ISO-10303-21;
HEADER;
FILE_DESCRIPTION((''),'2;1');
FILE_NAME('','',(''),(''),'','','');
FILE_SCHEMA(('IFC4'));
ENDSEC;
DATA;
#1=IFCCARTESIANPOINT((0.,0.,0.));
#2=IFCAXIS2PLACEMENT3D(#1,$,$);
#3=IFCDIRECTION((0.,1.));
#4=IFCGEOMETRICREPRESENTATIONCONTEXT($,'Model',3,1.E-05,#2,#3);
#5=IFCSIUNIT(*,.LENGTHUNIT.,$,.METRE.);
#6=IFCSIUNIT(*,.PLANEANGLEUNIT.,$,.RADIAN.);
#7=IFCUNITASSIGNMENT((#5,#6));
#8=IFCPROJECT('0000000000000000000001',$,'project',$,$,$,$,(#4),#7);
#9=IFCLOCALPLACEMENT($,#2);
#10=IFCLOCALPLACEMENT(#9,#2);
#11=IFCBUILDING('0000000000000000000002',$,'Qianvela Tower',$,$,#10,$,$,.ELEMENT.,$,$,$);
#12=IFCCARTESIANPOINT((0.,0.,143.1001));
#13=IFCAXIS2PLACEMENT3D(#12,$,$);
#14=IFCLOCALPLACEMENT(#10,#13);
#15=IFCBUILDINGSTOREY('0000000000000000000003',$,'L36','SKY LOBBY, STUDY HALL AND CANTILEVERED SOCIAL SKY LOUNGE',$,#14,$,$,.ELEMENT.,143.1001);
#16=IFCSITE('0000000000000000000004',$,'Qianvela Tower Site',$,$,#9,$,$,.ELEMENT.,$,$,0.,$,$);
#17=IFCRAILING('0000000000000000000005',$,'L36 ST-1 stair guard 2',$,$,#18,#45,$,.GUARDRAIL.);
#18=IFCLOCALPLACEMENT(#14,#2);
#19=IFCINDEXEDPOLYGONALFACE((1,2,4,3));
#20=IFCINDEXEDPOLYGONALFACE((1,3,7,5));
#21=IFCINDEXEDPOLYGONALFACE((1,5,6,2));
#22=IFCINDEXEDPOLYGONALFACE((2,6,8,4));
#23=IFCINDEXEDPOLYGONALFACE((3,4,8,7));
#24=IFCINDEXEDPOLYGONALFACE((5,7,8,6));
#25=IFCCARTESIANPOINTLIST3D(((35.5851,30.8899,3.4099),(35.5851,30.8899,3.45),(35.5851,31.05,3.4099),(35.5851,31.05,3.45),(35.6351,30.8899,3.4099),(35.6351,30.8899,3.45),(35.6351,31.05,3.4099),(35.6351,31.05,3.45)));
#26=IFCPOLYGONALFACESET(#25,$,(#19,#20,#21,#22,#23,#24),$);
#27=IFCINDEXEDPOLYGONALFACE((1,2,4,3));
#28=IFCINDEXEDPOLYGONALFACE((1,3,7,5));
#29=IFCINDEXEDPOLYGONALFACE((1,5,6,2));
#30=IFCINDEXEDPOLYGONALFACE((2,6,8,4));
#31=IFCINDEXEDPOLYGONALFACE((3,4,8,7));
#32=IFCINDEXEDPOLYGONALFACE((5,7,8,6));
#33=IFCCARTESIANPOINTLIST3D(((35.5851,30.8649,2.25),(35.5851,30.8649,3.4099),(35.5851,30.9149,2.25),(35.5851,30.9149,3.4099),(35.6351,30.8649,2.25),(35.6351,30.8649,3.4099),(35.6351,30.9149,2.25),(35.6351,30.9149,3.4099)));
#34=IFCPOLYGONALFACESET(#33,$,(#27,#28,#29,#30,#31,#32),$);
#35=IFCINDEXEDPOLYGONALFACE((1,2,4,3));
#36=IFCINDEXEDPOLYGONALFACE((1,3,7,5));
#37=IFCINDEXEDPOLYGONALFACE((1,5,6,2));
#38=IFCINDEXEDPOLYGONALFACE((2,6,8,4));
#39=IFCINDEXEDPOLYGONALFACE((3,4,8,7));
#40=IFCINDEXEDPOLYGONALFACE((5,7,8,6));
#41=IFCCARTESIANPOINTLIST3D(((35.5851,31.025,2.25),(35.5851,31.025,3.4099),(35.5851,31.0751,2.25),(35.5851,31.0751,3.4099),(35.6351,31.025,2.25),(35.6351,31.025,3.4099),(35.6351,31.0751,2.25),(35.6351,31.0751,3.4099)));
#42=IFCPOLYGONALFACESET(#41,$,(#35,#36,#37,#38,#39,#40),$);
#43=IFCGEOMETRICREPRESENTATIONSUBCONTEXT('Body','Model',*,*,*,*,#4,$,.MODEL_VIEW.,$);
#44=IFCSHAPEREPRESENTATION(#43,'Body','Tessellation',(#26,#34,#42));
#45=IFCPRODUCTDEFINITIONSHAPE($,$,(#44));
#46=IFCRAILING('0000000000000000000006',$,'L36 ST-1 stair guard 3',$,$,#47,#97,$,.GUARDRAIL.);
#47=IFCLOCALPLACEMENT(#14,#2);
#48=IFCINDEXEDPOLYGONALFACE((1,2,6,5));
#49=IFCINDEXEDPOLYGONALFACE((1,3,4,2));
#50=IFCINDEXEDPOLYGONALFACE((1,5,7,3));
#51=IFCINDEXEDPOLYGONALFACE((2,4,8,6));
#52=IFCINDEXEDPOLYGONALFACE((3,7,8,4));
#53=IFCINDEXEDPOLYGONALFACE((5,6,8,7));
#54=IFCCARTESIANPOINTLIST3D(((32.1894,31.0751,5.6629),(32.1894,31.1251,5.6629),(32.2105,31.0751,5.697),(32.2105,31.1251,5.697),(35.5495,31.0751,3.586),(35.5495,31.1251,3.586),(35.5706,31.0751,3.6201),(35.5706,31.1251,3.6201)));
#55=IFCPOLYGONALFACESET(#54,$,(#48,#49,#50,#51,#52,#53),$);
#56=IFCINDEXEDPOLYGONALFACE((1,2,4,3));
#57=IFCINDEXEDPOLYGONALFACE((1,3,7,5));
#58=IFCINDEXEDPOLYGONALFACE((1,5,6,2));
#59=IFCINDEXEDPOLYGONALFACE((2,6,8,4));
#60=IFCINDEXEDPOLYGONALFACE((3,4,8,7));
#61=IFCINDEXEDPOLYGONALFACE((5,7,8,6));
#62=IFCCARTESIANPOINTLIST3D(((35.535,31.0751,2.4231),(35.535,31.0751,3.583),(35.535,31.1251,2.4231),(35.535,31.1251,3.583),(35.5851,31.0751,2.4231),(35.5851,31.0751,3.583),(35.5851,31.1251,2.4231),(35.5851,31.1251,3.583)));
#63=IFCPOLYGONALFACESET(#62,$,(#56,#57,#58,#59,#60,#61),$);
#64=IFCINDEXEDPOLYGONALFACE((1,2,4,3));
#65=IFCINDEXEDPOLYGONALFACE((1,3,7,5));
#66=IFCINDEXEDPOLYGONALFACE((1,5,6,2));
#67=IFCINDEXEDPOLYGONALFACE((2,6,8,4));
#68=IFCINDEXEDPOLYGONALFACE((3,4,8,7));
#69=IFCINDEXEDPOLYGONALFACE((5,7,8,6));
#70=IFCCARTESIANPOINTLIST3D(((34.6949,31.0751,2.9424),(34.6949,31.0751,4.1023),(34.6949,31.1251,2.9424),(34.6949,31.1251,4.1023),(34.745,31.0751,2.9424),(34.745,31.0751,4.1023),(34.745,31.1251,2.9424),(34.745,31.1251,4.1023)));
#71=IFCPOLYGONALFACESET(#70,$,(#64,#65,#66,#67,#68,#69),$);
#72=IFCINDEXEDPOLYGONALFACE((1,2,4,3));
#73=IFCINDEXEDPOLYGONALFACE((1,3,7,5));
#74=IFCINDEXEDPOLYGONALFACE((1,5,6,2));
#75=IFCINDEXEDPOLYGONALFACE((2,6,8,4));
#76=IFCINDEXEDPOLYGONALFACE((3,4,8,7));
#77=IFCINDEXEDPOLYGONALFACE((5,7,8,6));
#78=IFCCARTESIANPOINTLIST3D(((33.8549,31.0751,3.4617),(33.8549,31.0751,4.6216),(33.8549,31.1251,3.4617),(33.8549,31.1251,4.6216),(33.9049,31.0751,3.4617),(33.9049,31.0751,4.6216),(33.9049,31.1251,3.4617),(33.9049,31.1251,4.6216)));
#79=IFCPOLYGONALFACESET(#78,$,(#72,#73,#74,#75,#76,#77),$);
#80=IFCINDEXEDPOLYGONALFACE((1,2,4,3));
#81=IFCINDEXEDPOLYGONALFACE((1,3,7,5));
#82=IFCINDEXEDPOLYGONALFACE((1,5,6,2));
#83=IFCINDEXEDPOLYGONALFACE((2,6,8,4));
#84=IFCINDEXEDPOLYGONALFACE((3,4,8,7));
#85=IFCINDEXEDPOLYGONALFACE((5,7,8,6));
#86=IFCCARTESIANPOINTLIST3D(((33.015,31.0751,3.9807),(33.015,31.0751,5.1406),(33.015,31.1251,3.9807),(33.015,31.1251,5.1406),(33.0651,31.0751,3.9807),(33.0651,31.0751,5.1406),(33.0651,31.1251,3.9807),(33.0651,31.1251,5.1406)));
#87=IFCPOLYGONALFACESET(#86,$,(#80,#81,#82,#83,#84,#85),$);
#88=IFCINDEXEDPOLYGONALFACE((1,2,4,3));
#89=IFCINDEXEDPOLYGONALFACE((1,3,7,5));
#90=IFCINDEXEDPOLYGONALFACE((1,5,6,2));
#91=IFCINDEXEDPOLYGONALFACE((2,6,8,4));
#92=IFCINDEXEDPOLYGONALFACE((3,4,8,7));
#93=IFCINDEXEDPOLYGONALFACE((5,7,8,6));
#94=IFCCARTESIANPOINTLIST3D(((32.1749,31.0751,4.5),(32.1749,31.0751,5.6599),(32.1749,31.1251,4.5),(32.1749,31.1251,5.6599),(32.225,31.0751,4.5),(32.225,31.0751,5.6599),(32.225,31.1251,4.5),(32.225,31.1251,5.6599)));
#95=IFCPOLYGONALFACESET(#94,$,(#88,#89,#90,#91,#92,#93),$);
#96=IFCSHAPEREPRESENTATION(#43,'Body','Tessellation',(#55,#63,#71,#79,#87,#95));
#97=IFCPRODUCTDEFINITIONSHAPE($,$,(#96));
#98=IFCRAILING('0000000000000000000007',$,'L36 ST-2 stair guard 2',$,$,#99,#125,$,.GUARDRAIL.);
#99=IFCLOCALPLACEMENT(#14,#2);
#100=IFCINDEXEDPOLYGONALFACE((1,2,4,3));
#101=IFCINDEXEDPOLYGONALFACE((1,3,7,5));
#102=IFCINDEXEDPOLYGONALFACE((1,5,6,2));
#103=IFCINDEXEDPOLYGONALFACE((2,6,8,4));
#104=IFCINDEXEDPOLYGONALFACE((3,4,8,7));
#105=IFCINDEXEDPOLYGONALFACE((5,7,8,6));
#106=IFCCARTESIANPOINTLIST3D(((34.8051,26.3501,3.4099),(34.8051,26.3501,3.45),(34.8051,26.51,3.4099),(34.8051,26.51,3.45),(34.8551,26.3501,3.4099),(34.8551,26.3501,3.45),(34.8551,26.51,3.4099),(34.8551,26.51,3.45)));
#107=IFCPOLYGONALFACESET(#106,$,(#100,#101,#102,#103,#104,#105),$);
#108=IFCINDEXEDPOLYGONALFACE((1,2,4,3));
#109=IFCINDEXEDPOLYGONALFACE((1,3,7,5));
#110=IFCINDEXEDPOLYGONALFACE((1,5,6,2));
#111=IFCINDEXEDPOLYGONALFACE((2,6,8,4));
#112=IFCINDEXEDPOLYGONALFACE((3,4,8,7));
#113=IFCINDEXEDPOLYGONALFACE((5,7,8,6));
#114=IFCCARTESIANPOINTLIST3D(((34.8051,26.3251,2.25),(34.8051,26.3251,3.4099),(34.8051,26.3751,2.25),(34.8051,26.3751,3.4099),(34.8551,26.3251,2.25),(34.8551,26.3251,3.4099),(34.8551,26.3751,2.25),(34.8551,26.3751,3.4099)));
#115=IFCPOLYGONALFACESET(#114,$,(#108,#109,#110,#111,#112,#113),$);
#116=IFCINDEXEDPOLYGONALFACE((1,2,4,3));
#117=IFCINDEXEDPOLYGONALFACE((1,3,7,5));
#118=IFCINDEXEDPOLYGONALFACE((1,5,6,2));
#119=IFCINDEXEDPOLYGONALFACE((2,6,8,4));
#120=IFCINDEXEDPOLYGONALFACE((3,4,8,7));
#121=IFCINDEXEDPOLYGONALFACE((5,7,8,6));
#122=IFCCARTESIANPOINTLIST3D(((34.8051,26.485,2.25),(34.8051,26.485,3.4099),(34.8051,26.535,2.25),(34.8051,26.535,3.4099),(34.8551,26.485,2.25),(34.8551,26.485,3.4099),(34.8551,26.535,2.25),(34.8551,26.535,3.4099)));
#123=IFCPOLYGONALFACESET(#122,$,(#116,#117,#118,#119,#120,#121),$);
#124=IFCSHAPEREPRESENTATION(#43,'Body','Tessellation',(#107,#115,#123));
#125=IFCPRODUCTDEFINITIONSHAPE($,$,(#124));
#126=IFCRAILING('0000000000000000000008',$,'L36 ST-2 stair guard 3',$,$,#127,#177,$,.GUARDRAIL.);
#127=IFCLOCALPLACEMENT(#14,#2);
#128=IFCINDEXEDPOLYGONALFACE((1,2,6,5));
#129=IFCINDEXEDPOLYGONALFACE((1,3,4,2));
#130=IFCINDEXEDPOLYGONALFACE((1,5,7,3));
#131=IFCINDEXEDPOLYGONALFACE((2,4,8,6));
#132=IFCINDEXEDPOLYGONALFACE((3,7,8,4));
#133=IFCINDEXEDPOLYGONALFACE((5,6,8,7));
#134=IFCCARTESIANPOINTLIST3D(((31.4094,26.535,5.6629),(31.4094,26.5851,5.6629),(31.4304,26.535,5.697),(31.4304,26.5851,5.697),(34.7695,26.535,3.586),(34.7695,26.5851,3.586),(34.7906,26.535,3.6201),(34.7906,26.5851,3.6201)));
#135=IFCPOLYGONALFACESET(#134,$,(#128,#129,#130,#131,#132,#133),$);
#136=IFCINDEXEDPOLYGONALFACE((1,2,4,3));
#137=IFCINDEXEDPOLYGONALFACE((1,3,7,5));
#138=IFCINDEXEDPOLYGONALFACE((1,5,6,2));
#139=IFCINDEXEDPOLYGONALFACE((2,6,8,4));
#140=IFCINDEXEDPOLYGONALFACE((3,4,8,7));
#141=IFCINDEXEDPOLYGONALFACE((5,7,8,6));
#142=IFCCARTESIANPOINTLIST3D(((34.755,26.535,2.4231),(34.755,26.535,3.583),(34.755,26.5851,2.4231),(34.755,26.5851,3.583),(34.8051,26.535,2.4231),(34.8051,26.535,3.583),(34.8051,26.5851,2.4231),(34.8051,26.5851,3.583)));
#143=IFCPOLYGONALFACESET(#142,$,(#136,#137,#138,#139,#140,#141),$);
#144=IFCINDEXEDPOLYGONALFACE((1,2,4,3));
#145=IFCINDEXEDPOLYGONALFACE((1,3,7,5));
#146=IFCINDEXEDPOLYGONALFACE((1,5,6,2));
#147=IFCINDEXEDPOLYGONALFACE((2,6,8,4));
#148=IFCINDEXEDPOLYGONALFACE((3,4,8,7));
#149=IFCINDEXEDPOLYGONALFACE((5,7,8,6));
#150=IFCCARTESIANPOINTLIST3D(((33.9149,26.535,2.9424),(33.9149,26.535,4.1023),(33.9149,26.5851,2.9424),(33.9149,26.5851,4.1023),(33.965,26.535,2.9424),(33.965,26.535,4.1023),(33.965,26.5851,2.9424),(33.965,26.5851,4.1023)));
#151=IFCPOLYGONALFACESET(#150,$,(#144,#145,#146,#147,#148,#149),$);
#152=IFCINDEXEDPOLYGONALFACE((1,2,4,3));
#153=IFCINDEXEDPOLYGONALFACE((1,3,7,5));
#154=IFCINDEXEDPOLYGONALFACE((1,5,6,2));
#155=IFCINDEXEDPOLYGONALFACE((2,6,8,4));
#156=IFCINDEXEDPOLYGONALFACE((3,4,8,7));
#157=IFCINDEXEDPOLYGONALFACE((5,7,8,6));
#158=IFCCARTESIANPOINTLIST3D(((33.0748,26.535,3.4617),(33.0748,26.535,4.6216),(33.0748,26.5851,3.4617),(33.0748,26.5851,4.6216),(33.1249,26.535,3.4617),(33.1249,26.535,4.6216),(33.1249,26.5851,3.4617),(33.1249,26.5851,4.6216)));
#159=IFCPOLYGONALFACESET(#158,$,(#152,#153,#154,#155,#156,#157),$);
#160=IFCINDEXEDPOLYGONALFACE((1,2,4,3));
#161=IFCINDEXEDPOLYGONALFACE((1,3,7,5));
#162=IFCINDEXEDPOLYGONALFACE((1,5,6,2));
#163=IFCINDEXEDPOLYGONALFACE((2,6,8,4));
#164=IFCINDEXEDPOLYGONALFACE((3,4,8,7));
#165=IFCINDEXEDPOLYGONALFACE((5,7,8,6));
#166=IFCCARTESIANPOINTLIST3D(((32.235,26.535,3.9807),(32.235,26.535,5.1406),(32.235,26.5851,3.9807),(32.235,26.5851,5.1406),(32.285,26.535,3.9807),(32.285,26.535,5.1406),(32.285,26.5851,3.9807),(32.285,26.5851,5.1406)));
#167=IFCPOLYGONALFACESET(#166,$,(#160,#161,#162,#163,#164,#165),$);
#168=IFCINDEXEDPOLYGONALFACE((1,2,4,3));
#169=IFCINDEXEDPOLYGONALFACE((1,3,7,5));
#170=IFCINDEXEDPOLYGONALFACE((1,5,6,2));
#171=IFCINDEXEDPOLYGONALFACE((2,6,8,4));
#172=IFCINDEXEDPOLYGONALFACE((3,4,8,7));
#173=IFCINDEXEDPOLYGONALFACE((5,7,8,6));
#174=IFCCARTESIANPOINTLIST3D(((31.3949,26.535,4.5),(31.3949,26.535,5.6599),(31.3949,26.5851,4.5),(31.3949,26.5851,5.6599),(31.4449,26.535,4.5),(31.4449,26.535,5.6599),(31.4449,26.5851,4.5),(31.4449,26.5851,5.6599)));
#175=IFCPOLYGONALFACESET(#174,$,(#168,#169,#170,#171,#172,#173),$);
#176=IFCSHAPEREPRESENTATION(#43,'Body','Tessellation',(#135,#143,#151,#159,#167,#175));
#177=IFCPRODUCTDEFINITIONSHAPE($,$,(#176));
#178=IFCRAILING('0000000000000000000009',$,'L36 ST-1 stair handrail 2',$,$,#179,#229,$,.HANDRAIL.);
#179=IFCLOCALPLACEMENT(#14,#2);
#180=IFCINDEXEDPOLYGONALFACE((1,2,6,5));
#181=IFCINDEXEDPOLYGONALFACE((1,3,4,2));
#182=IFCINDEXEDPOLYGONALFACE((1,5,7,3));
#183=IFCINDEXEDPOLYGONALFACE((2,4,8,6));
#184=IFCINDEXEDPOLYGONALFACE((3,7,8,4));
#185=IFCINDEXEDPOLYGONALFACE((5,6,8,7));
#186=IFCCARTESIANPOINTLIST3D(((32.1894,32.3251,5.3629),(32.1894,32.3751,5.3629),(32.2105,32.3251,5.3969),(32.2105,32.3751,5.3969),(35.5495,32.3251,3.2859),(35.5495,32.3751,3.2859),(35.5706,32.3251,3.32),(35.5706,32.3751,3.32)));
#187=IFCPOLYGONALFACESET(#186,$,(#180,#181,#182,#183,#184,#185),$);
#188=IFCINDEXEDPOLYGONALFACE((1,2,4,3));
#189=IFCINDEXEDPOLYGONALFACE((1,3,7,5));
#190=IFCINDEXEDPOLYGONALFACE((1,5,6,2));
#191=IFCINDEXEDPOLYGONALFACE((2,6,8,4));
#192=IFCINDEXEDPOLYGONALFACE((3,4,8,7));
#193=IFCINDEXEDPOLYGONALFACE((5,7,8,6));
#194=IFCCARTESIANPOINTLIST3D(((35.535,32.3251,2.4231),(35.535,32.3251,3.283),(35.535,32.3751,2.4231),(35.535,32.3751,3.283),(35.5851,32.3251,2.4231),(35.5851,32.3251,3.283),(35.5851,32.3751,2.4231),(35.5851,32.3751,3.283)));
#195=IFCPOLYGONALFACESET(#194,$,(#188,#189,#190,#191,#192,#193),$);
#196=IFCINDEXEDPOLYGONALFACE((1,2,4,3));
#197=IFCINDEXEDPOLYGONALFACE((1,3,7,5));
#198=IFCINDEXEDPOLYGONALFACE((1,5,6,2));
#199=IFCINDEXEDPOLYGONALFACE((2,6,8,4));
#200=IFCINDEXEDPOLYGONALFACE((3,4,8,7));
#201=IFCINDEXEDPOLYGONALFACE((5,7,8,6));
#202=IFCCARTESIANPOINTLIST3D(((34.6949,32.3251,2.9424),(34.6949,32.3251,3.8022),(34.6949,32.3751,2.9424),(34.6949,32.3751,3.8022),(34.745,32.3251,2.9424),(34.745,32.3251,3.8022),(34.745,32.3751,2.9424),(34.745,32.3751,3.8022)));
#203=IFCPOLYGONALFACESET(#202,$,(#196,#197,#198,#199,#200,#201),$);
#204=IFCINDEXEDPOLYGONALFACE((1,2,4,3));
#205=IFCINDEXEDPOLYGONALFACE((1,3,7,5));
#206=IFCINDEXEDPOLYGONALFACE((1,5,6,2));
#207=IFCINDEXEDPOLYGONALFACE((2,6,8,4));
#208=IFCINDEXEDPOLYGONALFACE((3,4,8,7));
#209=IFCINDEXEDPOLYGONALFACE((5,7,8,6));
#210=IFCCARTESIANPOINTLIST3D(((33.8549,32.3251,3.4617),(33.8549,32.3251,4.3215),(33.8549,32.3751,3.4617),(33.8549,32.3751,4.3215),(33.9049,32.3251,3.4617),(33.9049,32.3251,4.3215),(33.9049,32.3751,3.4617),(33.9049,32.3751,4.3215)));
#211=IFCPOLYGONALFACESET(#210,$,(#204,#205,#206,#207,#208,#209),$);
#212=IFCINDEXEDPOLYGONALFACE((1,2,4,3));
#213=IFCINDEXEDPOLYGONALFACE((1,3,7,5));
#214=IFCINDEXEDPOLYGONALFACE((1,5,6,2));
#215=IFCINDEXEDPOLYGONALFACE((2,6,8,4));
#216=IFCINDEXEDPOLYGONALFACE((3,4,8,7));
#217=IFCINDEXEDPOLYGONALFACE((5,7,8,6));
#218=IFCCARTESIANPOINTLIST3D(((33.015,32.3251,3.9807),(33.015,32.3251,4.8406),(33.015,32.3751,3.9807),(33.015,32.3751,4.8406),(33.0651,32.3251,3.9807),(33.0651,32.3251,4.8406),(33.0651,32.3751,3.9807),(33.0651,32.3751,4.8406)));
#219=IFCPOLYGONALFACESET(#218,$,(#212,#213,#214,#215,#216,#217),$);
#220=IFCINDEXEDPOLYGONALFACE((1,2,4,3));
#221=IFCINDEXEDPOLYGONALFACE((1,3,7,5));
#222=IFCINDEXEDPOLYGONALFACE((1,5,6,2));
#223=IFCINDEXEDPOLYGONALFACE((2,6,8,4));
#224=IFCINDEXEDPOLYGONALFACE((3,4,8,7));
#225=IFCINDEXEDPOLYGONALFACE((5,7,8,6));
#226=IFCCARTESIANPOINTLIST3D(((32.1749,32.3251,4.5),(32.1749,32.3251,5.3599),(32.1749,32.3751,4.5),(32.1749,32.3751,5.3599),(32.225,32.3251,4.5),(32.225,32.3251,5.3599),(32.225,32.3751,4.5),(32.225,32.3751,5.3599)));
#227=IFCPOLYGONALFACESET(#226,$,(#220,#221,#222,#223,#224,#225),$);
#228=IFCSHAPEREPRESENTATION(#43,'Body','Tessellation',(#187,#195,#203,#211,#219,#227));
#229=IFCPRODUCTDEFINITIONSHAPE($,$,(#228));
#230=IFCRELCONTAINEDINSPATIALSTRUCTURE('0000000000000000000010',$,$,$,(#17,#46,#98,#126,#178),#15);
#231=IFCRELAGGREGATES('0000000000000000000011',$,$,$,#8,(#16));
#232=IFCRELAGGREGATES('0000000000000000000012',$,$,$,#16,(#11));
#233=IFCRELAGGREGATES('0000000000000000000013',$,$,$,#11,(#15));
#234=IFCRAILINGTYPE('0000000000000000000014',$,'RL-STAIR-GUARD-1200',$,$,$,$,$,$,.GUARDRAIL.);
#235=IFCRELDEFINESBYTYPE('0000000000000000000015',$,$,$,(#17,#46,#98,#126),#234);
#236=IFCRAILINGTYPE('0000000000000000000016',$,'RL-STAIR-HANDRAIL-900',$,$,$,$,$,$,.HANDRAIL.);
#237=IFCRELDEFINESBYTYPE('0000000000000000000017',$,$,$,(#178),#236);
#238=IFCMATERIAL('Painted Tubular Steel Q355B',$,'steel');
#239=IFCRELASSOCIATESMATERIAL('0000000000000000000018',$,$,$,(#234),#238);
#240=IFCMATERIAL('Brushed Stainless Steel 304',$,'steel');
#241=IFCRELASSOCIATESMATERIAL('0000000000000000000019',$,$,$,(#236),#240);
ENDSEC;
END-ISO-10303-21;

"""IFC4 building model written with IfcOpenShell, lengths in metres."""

from ifc_helpers import new_model, si_unit, direction, frame, origin, origin_2d, place, context, subcontext, project, spatial, rectangle, extrude, material, type_object, element, save


model = new_model("IFC4")

# Units and contexts
model_context = context("Model", 3, precision=1e-05, world=origin(), true_north=direction((0.0, 1.0)))
body_context = subcontext(model_context, "Body", "Model", "MODEL_VIEW")
ifc_project = project(units=[si_unit("LENGTHUNIT", "METRE"), si_unit("PLANEANGLEUNIT", "RADIAN")], contexts=[model_context])

# Site, building, storey
site_placement = place(None, origin())
site = spatial("IfcSite", under=ifc_project, at=site_placement, Name="Qianvela Tower Site", CompositionType="ELEMENT", RefElevation=0.0)
building_placement = place(site_placement, origin())
building = spatial("IfcBuilding", under=site, at=building_placement, Name="Qianvela Tower", CompositionType="ELEMENT")
storey_placement = place(building_placement, frame((0.0, 0.0, 143.1001)))
storey = spatial("IfcBuildingStorey", under=building, at=storey_placement, Name="L36", Description="SKY LOBBY, STUDY HALL AND CANTILEVERED SOCIAL SKY LOUNGE", CompositionType="ELEMENT", Elevation=143.1001)

# Railings
ifc_material_1 = material(Name="Painted Tubular Steel Q355B", Category="steel")
railing_type_1 = type_object("IfcRailingType", Name="RL-STAIR-GUARD-1200", PredefinedType="GUARDRAIL", material=ifc_material_1)
railing_1_placement = place(storey_placement, frame((35.6101, 30.8899, 2.25)))
element("IfcRailing", 1, at=railing_1_placement, inside=storey, type_object=railing_type_1, Name="L36 ST-1 stair guard 2", PredefinedType="GUARDRAIL", context=body_context, shape_type="SweptSolid", body=[
    extrude(rectangle(XDim=0.05, YDim=0.04, at=origin_2d()), frame((0.0, 0.0, 1.1799), z_axis=(0.0, 1.0, 0.0), x_axis=(-1.0, 0.0, 0.0)), (0.0, 0.0, 1.0), 0.1602),
    extrude(rectangle(XDim=0.05, YDim=0.05, at=origin_2d()), origin(), (0.0, 0.0, 1.0), 1.1599),
    extrude(rectangle(XDim=0.05, YDim=0.05, at=origin_2d()), frame((0.0, 0.1602, 0.0)), (0.0, 0.0, 1.0), 1.1599),
])
railing_2_placement = place(storey_placement, frame((35.5601, 31.1001, 2.4231)))
element("IfcRailing", 2, at=railing_2_placement, inside=storey, type_object=railing_type_1, Name="L36 ST-1 stair guard 3", PredefinedType="GUARDRAIL", context=body_context, shape_type="SweptSolid", body=[
    extrude(rectangle(XDim=0.05, YDim=0.04, at=origin_2d()), frame((0.0, 0.0, 1.1799), z_axis=(-0.850623, 0.0, 0.525776), x_axis=(0.0, -1.0, 0.0)), (0.0, 0.0, 1.0), 3.9502),
    extrude(rectangle(XDim=0.05, YDim=0.05, at=origin_2d()), origin(), (0.0, 0.0, 1.0), 1.1599),
    extrude(rectangle(XDim=0.05, YDim=0.05, at=origin_2d()), frame((-0.8401, 0.0, 0.5193)), (0.0, 0.0, 1.0), 1.1599),
    extrude(rectangle(XDim=0.05, YDim=0.05, at=origin_2d()), frame((-1.6802, 0.0, 1.0386)), (0.0, 0.0, 1.0), 1.1599),
    extrude(rectangle(XDim=0.05, YDim=0.05, at=origin_2d()), frame((-2.52, 0.0, 1.5576)), (0.0, 0.0, 1.0), 1.1599),
    extrude(rectangle(XDim=0.05, YDim=0.05, at=origin_2d()), frame((-3.3601, 0.0, 2.0769)), (0.0, 0.0, 1.0), 1.1599),
])
railing_3_placement = place(storey_placement, frame((34.8301, 26.3501, 2.25)))
element("IfcRailing", 3, at=railing_3_placement, inside=storey, type_object=railing_type_1, Name="L36 ST-2 stair guard 2", PredefinedType="GUARDRAIL", context=body_context, shape_type="SweptSolid", body=[
    extrude(rectangle(XDim=0.05, YDim=0.04, at=origin_2d()), frame((0.0, 0.0, 1.1799), z_axis=(0.0, 1.0, 0.0), x_axis=(-1.0, 0.0, 0.0)), (0.0, 0.0, 1.0), 0.1599),
    extrude(rectangle(XDim=0.05, YDim=0.05, at=origin_2d()), origin(), (0.0, 0.0, 1.0), 1.1599),
    extrude(rectangle(XDim=0.05, YDim=0.05, at=origin_2d()), frame((0.0, 0.1599, 0.0)), (0.0, 0.0, 1.0), 1.1599),
])
railing_4_placement = place(storey_placement, frame((34.78, 26.5601, 2.4231)))
element("IfcRailing", 4, at=railing_4_placement, inside=storey, type_object=railing_type_1, Name="L36 ST-2 stair guard 3", PredefinedType="GUARDRAIL", context=body_context, shape_type="SweptSolid", body=[
    extrude(rectangle(XDim=0.05, YDim=0.04, at=origin_2d()), frame((0.0, 0.0, 1.1799), z_axis=(-0.850623, 0.0, 0.525776), x_axis=(0.0, -1.0, 0.0)), (0.0, 0.0, 1.0), 3.9502),
    extrude(rectangle(XDim=0.05, YDim=0.05, at=origin_2d()), origin(), (0.0, 0.0, 1.0), 1.1599),
    extrude(rectangle(XDim=0.05, YDim=0.05, at=origin_2d()), frame((-0.8401, 0.0, 0.5193)), (0.0, 0.0, 1.0), 1.1599),
    extrude(rectangle(XDim=0.05, YDim=0.05, at=origin_2d()), frame((-1.6802, 0.0, 1.0386)), (0.0, 0.0, 1.0), 1.1599),
    extrude(rectangle(XDim=0.05, YDim=0.05, at=origin_2d()), frame((-2.52, 0.0, 1.5576)), (0.0, 0.0, 1.0), 1.1599),
    extrude(rectangle(XDim=0.05, YDim=0.05, at=origin_2d()), frame((-3.3601, 0.0, 2.0769)), (0.0, 0.0, 1.0), 1.1599),
])
ifc_material_2 = material(Name="Brushed Stainless Steel 304", Category="steel")
railing_type_2 = type_object("IfcRailingType", Name="RL-STAIR-HANDRAIL-900", PredefinedType="HANDRAIL", material=ifc_material_2)
for number, where, name in (
    (5, (35.5601, 32.3501, 2.4231), "L36 ST-1 stair handrail 2"),
):
    element("IfcRailing", number, at=place(storey_placement, frame(where)), inside=storey, type_object=railing_type_2, Name=name, PredefinedType="HANDRAIL", context=body_context, shape_type="SweptSolid", body=[
        extrude(rectangle(XDim=0.05, YDim=0.04, at=origin_2d()), frame((0.0, 0.0, 0.8799), z_axis=(-0.850623, 0.0, 0.525776), x_axis=(0.0, -1.0, 0.0)), (0.0, 0.0, 1.0), 3.9502),
        extrude(rectangle(XDim=0.05, YDim=0.05, at=origin_2d()), origin(), (0.0, 0.0, 1.0), 0.8599),
        extrude(rectangle(XDim=0.05, YDim=0.05, at=origin_2d()), frame((-0.8401, 0.0, 0.5193)), (0.0, 0.0, 1.0), 0.8599),
        extrude(rectangle(XDim=0.05, YDim=0.05, at=origin_2d()), frame((-1.6802, 0.0, 1.0386)), (0.0, 0.0, 1.0), 0.8599),
        extrude(rectangle(XDim=0.05, YDim=0.05, at=origin_2d()), frame((-2.52, 0.0, 1.5576)), (0.0, 0.0, 1.0), 0.8599),
        extrude(rectangle(XDim=0.05, YDim=0.05, at=origin_2d()), frame((-3.3601, 0.0, 2.0769)), (0.0, 0.0, 1.0), 0.8599),
    ])

save(model, "model.ifc")
